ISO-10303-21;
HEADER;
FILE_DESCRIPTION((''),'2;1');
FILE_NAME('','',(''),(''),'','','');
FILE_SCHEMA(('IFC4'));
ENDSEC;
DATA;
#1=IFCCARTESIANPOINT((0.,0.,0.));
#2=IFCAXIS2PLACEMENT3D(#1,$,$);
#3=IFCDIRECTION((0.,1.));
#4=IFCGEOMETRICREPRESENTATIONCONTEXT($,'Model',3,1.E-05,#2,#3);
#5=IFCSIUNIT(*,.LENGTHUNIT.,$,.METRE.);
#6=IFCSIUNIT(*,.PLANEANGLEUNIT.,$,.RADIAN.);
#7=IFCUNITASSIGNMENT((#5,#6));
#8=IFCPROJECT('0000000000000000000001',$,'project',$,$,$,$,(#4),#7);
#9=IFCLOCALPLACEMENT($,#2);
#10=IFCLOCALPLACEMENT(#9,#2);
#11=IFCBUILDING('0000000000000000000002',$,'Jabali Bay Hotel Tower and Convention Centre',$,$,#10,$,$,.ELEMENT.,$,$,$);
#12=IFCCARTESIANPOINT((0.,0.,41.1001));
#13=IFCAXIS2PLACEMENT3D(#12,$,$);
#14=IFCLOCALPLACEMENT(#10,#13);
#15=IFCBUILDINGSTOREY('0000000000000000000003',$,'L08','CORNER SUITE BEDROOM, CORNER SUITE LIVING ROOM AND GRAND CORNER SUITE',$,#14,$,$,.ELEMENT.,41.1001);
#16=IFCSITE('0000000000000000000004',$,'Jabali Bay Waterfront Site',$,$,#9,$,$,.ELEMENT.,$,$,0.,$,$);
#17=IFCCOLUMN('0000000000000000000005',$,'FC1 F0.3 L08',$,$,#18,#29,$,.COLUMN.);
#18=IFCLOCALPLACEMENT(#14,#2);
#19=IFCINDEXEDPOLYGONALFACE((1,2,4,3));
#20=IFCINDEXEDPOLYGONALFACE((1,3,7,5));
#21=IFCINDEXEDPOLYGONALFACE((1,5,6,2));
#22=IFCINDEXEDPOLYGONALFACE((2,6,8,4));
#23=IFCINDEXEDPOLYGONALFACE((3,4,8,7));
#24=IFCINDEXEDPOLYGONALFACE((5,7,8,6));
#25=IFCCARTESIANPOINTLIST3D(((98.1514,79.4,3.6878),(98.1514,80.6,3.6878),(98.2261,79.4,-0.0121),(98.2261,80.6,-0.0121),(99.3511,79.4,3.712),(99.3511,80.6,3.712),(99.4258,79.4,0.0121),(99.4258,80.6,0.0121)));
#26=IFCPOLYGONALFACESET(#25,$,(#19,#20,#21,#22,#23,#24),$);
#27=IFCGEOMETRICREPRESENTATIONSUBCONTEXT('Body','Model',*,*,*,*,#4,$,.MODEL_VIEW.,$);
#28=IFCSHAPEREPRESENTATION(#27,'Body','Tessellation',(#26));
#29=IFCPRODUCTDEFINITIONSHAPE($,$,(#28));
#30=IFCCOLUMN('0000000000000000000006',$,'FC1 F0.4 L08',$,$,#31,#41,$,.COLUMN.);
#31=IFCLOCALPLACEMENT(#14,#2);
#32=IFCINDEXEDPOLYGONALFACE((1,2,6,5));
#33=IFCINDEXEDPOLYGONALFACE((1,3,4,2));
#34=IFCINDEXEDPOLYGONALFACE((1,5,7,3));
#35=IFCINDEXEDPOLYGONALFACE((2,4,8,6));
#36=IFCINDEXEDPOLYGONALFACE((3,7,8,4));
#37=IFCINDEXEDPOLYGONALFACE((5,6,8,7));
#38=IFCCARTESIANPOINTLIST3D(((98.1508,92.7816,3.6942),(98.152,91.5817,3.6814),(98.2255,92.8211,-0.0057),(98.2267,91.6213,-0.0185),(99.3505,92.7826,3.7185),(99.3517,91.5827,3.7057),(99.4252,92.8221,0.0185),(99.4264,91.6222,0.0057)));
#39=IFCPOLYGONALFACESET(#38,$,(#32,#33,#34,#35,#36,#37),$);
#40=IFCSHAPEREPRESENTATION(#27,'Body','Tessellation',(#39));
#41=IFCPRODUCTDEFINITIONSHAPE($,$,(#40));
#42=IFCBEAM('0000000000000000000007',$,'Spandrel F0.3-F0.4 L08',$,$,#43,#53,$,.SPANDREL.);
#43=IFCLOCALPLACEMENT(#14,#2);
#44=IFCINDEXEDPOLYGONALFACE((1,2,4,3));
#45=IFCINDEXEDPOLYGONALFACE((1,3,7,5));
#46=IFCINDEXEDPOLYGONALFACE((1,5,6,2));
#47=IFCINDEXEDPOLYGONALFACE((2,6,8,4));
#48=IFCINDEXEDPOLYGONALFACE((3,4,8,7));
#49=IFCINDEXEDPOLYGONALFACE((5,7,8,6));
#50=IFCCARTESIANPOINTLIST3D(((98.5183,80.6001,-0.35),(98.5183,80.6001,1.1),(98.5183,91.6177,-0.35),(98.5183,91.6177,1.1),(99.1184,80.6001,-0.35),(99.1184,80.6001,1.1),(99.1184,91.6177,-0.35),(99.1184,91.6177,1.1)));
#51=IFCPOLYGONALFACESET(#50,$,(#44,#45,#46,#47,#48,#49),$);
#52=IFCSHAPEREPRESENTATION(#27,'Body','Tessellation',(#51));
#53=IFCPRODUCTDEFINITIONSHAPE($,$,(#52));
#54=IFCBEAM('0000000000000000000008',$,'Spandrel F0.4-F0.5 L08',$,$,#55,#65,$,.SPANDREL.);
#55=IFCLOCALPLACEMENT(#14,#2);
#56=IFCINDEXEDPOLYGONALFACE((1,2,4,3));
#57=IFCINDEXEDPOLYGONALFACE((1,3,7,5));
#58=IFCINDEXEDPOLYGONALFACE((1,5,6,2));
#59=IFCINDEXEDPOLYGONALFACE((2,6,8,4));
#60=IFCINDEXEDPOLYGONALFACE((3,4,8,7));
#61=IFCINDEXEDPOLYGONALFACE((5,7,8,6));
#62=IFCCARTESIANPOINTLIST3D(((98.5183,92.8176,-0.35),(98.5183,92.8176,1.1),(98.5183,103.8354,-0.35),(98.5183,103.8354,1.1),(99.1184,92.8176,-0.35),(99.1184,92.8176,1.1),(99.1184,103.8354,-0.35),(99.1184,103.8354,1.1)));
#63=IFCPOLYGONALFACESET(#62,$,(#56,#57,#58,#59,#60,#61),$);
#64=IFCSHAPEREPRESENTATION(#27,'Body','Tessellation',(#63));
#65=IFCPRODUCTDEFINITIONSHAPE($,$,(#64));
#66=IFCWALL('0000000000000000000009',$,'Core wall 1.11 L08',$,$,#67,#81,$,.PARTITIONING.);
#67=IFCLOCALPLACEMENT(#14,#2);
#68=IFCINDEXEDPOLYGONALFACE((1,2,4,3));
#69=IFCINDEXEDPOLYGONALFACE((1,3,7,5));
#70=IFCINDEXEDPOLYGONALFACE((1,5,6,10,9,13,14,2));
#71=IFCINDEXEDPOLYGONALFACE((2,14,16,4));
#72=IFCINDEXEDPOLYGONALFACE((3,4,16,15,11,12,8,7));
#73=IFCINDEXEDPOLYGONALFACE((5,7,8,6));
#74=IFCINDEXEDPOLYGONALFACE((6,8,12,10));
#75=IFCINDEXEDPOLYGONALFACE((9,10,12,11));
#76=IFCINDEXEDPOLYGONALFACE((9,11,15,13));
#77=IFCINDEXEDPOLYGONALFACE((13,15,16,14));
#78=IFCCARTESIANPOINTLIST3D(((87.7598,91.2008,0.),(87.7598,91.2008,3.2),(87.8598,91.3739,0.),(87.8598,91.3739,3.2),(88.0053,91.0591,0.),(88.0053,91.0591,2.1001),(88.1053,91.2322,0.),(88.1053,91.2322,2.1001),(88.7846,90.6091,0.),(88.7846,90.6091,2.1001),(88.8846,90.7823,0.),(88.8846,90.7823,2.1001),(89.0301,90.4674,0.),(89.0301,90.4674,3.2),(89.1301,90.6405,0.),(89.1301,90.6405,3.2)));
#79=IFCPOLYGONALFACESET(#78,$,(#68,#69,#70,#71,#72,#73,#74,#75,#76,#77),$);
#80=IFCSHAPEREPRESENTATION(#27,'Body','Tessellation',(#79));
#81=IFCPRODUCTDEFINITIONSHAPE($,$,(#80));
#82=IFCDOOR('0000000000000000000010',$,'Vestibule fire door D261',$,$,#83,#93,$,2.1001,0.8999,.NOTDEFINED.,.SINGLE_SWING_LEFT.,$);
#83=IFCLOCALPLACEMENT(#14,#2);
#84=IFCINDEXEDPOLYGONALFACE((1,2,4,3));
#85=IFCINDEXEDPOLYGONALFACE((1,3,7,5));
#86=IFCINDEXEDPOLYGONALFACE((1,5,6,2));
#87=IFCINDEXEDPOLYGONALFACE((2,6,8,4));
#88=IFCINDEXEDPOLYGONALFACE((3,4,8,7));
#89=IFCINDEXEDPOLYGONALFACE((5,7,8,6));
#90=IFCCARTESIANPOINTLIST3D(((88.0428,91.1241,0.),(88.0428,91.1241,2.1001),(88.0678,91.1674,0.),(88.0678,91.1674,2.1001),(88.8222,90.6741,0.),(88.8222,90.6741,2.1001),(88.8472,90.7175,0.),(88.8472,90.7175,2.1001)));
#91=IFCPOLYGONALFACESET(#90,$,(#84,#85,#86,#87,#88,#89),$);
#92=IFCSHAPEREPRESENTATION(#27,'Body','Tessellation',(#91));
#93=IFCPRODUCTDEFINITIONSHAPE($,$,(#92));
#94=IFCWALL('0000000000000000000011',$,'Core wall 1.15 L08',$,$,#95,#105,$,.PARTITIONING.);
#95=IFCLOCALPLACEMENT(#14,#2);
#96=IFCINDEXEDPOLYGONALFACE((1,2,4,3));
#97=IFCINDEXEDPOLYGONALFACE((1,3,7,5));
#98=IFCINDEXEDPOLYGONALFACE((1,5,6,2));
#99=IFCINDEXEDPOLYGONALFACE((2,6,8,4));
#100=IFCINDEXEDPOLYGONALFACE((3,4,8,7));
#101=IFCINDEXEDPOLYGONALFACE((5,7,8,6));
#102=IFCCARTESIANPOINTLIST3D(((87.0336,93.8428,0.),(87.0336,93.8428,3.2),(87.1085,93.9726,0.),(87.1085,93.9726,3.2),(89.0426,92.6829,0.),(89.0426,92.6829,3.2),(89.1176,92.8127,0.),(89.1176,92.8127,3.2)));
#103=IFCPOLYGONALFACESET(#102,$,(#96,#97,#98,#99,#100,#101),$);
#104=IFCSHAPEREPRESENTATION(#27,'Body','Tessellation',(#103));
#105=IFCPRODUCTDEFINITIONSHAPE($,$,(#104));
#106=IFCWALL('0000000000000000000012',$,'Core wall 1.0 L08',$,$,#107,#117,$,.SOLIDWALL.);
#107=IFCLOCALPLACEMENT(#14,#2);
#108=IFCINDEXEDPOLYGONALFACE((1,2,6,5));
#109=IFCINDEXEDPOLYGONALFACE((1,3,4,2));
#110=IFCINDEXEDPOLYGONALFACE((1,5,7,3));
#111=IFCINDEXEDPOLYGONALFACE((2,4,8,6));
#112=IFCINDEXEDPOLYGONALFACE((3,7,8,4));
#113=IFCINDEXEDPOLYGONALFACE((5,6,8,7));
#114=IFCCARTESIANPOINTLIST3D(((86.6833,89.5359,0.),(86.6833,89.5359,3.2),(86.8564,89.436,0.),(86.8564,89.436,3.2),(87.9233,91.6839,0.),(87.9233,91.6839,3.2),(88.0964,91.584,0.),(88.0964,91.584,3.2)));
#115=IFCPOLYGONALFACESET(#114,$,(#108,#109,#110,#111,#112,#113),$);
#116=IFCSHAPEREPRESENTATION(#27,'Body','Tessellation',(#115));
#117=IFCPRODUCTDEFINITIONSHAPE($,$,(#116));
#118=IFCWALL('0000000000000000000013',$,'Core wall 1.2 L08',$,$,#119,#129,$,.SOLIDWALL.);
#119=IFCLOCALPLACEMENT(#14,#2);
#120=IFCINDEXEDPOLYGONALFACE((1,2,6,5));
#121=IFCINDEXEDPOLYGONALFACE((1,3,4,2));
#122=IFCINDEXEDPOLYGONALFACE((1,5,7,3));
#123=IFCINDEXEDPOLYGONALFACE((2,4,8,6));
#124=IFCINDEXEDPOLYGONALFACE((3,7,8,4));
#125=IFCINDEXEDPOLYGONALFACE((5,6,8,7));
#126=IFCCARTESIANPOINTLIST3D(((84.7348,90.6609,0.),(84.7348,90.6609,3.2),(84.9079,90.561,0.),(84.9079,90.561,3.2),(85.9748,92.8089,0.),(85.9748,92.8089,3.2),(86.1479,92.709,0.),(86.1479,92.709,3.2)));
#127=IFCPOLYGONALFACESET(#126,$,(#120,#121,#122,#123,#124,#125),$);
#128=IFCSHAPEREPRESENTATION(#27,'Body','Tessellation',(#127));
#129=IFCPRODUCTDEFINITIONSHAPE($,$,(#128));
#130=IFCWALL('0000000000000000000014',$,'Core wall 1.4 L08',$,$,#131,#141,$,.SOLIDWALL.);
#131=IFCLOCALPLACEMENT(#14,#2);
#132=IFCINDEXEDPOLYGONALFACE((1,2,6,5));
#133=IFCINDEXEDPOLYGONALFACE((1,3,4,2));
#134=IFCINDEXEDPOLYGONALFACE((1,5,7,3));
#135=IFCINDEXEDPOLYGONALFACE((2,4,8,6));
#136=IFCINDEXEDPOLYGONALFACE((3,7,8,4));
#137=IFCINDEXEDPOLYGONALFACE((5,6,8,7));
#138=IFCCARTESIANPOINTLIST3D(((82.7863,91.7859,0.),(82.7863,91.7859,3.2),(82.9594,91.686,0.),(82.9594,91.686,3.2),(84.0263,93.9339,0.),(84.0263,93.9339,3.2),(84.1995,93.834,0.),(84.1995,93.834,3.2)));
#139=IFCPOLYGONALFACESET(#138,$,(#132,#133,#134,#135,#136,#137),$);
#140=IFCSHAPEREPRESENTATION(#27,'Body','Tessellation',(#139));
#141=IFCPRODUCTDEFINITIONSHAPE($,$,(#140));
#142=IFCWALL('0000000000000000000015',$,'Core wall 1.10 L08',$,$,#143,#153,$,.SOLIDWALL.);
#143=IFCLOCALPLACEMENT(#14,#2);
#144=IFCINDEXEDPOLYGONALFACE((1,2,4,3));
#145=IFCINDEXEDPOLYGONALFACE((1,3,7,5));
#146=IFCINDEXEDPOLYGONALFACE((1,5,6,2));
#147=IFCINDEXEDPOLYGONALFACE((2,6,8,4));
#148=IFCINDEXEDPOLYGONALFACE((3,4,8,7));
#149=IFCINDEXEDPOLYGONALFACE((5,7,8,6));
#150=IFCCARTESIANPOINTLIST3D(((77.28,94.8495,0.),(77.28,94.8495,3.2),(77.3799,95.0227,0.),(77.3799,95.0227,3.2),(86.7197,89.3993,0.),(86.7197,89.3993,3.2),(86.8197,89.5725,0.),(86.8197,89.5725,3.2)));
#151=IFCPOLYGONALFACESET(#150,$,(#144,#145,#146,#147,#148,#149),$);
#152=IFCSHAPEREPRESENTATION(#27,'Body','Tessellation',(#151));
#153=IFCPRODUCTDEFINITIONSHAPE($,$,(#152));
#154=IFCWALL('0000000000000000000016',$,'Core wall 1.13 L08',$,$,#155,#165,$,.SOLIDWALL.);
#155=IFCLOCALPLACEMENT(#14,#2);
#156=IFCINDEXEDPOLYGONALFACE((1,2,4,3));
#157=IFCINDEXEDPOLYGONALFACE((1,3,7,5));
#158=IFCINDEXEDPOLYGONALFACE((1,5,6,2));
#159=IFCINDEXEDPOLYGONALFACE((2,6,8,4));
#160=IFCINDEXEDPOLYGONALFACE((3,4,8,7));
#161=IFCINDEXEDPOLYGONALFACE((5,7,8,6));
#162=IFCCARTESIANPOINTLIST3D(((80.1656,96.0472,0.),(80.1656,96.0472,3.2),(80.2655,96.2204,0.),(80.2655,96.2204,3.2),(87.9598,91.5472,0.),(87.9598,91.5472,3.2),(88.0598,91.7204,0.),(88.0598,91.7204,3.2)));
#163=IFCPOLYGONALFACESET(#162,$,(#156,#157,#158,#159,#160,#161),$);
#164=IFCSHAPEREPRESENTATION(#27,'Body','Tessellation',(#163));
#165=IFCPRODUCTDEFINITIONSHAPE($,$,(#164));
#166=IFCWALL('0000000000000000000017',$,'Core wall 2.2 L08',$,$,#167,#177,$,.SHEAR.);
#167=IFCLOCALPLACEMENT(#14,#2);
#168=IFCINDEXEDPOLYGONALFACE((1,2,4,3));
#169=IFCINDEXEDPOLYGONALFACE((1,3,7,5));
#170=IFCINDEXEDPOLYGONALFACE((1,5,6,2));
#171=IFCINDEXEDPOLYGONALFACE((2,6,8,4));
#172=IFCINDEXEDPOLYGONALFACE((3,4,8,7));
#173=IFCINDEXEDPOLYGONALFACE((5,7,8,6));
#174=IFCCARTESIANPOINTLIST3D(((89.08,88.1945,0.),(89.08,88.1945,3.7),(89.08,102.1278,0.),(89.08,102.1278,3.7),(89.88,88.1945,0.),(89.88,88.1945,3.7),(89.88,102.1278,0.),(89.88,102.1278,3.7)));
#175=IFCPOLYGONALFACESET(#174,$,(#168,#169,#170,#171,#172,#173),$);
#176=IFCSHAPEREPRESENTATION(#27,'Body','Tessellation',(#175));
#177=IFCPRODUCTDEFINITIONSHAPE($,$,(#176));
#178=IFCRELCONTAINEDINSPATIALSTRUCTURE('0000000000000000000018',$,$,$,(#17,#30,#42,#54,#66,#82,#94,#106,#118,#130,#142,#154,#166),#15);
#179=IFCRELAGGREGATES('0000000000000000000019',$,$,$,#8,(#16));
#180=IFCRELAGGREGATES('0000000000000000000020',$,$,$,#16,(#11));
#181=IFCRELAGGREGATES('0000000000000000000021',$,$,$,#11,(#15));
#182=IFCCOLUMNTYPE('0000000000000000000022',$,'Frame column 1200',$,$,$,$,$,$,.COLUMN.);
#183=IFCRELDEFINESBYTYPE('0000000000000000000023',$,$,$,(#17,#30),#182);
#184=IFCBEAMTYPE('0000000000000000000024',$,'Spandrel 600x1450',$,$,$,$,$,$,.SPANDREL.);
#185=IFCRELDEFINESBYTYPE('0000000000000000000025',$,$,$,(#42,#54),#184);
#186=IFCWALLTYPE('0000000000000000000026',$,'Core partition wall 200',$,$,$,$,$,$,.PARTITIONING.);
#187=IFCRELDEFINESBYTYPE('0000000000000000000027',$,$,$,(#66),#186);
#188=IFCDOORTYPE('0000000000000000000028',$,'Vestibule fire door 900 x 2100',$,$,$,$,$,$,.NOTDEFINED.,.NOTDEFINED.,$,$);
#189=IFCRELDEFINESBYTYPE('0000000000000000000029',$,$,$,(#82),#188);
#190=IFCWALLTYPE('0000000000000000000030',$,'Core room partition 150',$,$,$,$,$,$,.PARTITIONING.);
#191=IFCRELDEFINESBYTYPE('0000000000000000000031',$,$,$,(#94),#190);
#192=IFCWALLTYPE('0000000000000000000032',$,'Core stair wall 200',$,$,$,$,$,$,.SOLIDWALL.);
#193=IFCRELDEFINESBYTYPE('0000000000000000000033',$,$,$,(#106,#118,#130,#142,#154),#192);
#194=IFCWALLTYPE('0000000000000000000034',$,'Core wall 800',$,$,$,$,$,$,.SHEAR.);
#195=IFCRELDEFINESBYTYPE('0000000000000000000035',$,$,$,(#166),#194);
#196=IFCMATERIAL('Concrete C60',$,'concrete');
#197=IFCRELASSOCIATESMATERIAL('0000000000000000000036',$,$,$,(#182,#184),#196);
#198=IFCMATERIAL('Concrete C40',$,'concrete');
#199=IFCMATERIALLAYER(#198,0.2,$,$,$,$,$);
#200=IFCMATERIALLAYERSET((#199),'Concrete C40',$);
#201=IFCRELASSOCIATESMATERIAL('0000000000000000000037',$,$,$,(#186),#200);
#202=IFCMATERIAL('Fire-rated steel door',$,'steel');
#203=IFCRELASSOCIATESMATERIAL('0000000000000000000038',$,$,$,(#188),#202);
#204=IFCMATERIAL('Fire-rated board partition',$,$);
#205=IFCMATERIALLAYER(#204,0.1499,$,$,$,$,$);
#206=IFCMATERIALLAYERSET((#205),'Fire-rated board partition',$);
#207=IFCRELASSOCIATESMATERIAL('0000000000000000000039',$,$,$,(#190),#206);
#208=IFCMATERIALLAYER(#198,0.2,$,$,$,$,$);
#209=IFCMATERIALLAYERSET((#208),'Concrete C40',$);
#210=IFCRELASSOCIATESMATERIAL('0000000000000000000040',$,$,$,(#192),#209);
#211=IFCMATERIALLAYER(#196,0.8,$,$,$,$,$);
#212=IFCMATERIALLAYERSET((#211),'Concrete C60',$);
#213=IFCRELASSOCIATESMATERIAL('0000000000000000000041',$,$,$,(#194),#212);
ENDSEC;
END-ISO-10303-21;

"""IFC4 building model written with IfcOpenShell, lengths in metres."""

from ifc_helpers import new_model, si_unit, direction, frame, frame_2d, origin, origin_2d, place, context, subcontext, project, spatial, rectangle, extrude, material, layer, layer_set, material_profile, profile_set, type_object, element, fill, save


model = new_model("IFC4")

# Units and contexts
model_context = context("Model", 3, precision=1e-05, world=origin(), true_north=direction((0.0, 1.0)))
body_context = subcontext(model_context, "Body", "Model", "MODEL_VIEW")
ifc_project = project(units=[si_unit("LENGTHUNIT", "METRE"), si_unit("PLANEANGLEUNIT", "RADIAN")], contexts=[model_context])

# Site, building, storey
site_placement = place(None, origin())
site = spatial("IfcSite", under=ifc_project, at=site_placement, Name="Jabali Bay Waterfront Site", CompositionType="ELEMENT", RefElevation=0.0)
building_placement = place(site_placement, origin())
building = spatial("IfcBuilding", under=site, at=building_placement, Name="Jabali Bay Hotel Tower and Convention Centre", CompositionType="ELEMENT")
storey_placement = place(building_placement, frame((0.0, 0.0, 41.1001)))
storey = spatial("IfcBuildingStorey", under=building, at=storey_placement, Name="L08", Description="CORNER SUITE BEDROOM, CORNER SUITE LIVING ROOM AND GRAND CORNER SUITE", CompositionType="ELEMENT", Elevation=41.1001)

# Columns
ifc_material_1 = material(Name="Concrete C60", Category="concrete")
ifc_material_profile_1 = material_profile(ifc_material_1, rectangle(XDim=1.2, YDim=1.2, at=origin_2d()), Name="Frame column 1200")
ifc_profile_set_1 = profile_set([ifc_material_profile_1], Name="Concrete C60")
column_type = type_object("IfcColumnType", Name="Frame column 1200", PredefinedType="COLUMN", material=ifc_profile_set_1)
column_1_placement = place(storey_placement, frame((98.8259, 80.0, 0.0), z_axis=(-0.020187, 0.0, 0.999796), x_axis=(0.0, -1.0, 0.0)))
element("IfcColumn", 1, at=column_1_placement, inside=storey, type_object=column_type, Name="FC1 F0.3 L08", PredefinedType="COLUMN", context=body_context, shape_type="SweptSolid", body=[
    extrude(rectangle(XDim=1.2, YDim=1.2, at=origin_2d()), origin(), (0.0, 0.0, 1.0), 3.7007),
])
column_2_placement = place(storey_placement, frame((98.8259, 92.2217, 0.0), z_axis=(-0.020186, -0.010687, 0.999739), x_axis=(0.999796, 0.000808, 0.020196)))
element("IfcColumn", 2, at=column_2_placement, inside=storey, type_object=column_type, Name="FC1 F0.4 L08", PredefinedType="COLUMN", context=body_context, shape_type="SweptSolid", body=[
    extrude(rectangle(XDim=1.2, YDim=1.2, at=origin_2d()), origin(), (0.0, 0.0, 1.0), 3.7009),
])

# Beams
ifc_material_profile_2 = material_profile(ifc_material_1, rectangle(XDim=0.6001, YDim=1.45, at=origin_2d()), Name="Spandrel 600x1450")
ifc_profile_set_2 = profile_set([ifc_material_profile_2], Name="Concrete C60")
beam_type = type_object("IfcBeamType", Name="Spandrel 600x1450", PredefinedType="SPANDREL", material=ifc_profile_set_2)
beam_1_placement = place(storey_placement, frame((98.8184, 80.6001, 0.375), z_axis=(0.0, 1.0, 0.0), x_axis=(-1.0, 0.0, 0.0)))
element("IfcBeam", 3, at=beam_1_placement, inside=storey, type_object=beam_type, Name="Spandrel F0.3-F0.4 L08", PredefinedType="SPANDREL", context=body_context, shape_type="SweptSolid", body=[
    extrude(rectangle(XDim=0.6001, YDim=1.45, at=origin_2d()), origin(), (0.0, 0.0, 1.0), 11.0176),
])
beam_2_placement = place(storey_placement, frame((98.8184, 92.8176, 0.375), z_axis=(0.0, 1.0, 0.0), x_axis=(-1.0, 0.0, 0.0)))
element("IfcBeam", 4, at=beam_2_placement, inside=storey, type_object=beam_type, Name="Spandrel F0.4-F0.5 L08", PredefinedType="SPANDREL", context=body_context, shape_type="SweptSolid", body=[
    extrude(rectangle(XDim=0.6001, YDim=1.45, at=origin_2d()), origin(), (0.0, 0.0, 1.0), 11.0178),
])

# Wall, opening, door
ifc_material_2 = material(Name="Concrete C40", Category="concrete")
ifc_layer_1 = layer(ifc_material_2, 0.2)
ifc_layer_set_1 = layer_set([ifc_layer_1], Name="Concrete C40")
wall_type_1 = type_object("IfcWallType", Name="Core partition wall 200", PredefinedType="PARTITIONING", material=ifc_layer_set_1)
wall_1_placement = place(storey_placement, frame((89.0801, 90.554, 0.0), z_axis=(0.0, 0.0, 1.0), x_axis=(-0.866022, 0.500006, 0.0)))
wall_1 = element("IfcWall", 5, at=wall_1_placement, inside=storey, type_object=wall_type_1, Name="Core wall 1.11 L08", PredefinedType="PARTITIONING", context=body_context, shape_type="SweptSolid", body=[
    extrude(rectangle(XDim=1.4668, YDim=0.2, at=frame_2d((0.7334, 0.0))), origin(), (0.0, 0.0, 1.0), 3.2),
])
opening_1_placement = place(wall_1_placement, frame((0.2834, 0.0, 0.0)))
opening_1 = element("IfcOpeningElement", 6, at=opening_1_placement, cuts=wall_1, PredefinedType="OPENING", context=body_context, shape_type="SweptSolid", body=[
    extrude(rectangle(XDim=0.8999, YDim=2.1001, at=frame_2d((0.45, 1.05))), frame((0.0, 0.1104, 0.0), z_axis=(0.0, -1.0, 0.0), x_axis=(1.0, 0.0, 0.0)), (0.0, 0.0, 1.0), 0.2209),
])
ifc_material_3 = material(Name="Fire-rated steel door", Category="steel")
door_type_1 = type_object("IfcDoorType", Name="Vestibule fire door 900 x 2100", OperationType="NOTDEFINED", PredefinedType="NOTDEFINED", material=ifc_material_3)
door_1_placement = place(opening_1_placement, origin())
door_1 = element("IfcDoor", 7, at=door_1_placement, inside=storey, type_object=door_type_1, Name="Vestibule fire door D261", OperationType="SINGLE_SWING_LEFT", OverallHeight=2.1001, OverallWidth=0.8999, PredefinedType="NOTDEFINED", context=body_context, shape_type="SweptSolid", body=[
    extrude(rectangle(XDim=0.8999, YDim=2.1001, at=frame_2d((0.45, 1.05))), frame((0.0, 0.0249, 0.0), z_axis=(0.0, -1.0, 0.0), x_axis=(1.0, 0.0, 0.0)), (0.0, 0.0, 1.0), 0.05),
])
fill(opening_1, door_1)

# Walls
ifc_material_4 = material(Name="Fire-rated board partition")
ifc_layer_2 = layer(ifc_material_4, 0.1499)
ifc_layer_set_2 = layer_set([ifc_layer_2], Name="Fire-rated board partition")
wall_type_2 = type_object("IfcWallType", Name="Core room partition 150", PredefinedType="PARTITIONING", material=ifc_layer_set_2)
wall_2_placement = place(storey_placement, frame((89.0801, 92.7478, 0.0), z_axis=(0.0, 0.0, 1.0), x_axis=(-0.866026, 0.499999, 0.0)))
element("IfcWall", 8, at=wall_2_placement, inside=storey, type_object=wall_type_2, Name="Core wall 1.15 L08", PredefinedType="PARTITIONING", context=body_context, shape_type="SweptSolid", body=[
    extrude(rectangle(XDim=2.3198, YDim=0.1499, at=frame_2d((1.1599, 0.0))), origin(), (0.0, 0.0, 1.0), 3.2),
])
ifc_layer_3 = layer(ifc_material_2, 0.2)
ifc_layer_set_3 = layer_set([ifc_layer_3], Name="Concrete C40")
wall_type_3 = type_object("IfcWallType", Name="Core stair wall 200", PredefinedType="SOLIDWALL", material=ifc_layer_set_3)
for number, where, z_axis, x_axis, name in (
    (9, (86.7698, 89.4858, 0.0), (0.0, 0.0, 1.0), (0.499961, 0.866048, 0.0), "Core wall 1.0 L08"),
    (10, (84.8213, 90.6108, 0.0), (0.0, 0.0, 1.0), (0.499961, 0.866048, 0.0), "Core wall 1.2 L08"),
    (11, (82.8728, 91.7358, 0.0), (0.0, 0.0, 1.0), (0.499961, 0.866048, 0.0), "Core wall 1.4 L08"),
):
    element("IfcWall", number, at=place(storey_placement, frame(where, z_axis=z_axis, x_axis=x_axis)), inside=storey, type_object=wall_type_3, Name=name, PredefinedType="SOLIDWALL", context=body_context, shape_type="SweptSolid", body=[
        extrude(rectangle(XDim=2.4802, YDim=0.2, at=frame_2d((1.2402, 0.0))), origin(), (0.0, 0.0, 1.0), 3.2),
    ])
wall_3_placement = place(storey_placement, frame((86.7698, 89.4858, 0.0), z_axis=(0.0, 0.0, 1.0), x_axis=(-0.866018, 0.500013, 0.0)))
element("IfcWall", 12, at=wall_3_placement, inside=storey, type_object=wall_type_3, Name="Core wall 1.10 L08", PredefinedType="SOLIDWALL", context=body_context, shape_type="SweptSolid", body=[
    extrude(rectangle(XDim=10.9001, YDim=0.2, at=frame_2d((5.4502, 0.0))), origin(), (0.0, 0.0, 1.0), 3.2),
])
wall_4_placement = place(storey_placement, frame((88.0098, 91.6338, 0.0), z_axis=(0.0, 0.0, 1.0), x_axis=(-0.866024, 0.500002, 0.0)))
element("IfcWall", 13, at=wall_4_placement, inside=storey, type_object=wall_type_3, Name="Core wall 1.13 L08", PredefinedType="SOLIDWALL", context=body_context, shape_type="SweptSolid", body=[
    extrude(rectangle(XDim=9.0, YDim=0.2, at=frame_2d((4.5, 0.0))), origin(), (0.0, 0.0, 1.0), 3.2),
])
ifc_layer_4 = layer(ifc_material_1, 0.8)
ifc_layer_set_4 = layer_set([ifc_layer_4], Name="Concrete C60")
wall_type_4 = type_object("IfcWallType", Name="Core wall 800", PredefinedType="SHEAR", material=ifc_layer_set_4)
wall_5_placement = place(storey_placement, frame((89.48, 88.1943, 0.0), z_axis=(0.0, 0.0, 1.0), x_axis=(0.0, 1.0, 0.0)))
element("IfcWall", 14, at=wall_5_placement, inside=storey, type_object=wall_type_4, Name="Core wall 2.2 L08", PredefinedType="SHEAR", context=body_context, shape_type="SweptSolid", body=[
    extrude(rectangle(XDim=13.9333, YDim=0.8, at=frame_2d((6.9668, 0.0))), origin(), (0.0, 0.0, 1.0), 3.7),
])

save(model, "model.ifc")
